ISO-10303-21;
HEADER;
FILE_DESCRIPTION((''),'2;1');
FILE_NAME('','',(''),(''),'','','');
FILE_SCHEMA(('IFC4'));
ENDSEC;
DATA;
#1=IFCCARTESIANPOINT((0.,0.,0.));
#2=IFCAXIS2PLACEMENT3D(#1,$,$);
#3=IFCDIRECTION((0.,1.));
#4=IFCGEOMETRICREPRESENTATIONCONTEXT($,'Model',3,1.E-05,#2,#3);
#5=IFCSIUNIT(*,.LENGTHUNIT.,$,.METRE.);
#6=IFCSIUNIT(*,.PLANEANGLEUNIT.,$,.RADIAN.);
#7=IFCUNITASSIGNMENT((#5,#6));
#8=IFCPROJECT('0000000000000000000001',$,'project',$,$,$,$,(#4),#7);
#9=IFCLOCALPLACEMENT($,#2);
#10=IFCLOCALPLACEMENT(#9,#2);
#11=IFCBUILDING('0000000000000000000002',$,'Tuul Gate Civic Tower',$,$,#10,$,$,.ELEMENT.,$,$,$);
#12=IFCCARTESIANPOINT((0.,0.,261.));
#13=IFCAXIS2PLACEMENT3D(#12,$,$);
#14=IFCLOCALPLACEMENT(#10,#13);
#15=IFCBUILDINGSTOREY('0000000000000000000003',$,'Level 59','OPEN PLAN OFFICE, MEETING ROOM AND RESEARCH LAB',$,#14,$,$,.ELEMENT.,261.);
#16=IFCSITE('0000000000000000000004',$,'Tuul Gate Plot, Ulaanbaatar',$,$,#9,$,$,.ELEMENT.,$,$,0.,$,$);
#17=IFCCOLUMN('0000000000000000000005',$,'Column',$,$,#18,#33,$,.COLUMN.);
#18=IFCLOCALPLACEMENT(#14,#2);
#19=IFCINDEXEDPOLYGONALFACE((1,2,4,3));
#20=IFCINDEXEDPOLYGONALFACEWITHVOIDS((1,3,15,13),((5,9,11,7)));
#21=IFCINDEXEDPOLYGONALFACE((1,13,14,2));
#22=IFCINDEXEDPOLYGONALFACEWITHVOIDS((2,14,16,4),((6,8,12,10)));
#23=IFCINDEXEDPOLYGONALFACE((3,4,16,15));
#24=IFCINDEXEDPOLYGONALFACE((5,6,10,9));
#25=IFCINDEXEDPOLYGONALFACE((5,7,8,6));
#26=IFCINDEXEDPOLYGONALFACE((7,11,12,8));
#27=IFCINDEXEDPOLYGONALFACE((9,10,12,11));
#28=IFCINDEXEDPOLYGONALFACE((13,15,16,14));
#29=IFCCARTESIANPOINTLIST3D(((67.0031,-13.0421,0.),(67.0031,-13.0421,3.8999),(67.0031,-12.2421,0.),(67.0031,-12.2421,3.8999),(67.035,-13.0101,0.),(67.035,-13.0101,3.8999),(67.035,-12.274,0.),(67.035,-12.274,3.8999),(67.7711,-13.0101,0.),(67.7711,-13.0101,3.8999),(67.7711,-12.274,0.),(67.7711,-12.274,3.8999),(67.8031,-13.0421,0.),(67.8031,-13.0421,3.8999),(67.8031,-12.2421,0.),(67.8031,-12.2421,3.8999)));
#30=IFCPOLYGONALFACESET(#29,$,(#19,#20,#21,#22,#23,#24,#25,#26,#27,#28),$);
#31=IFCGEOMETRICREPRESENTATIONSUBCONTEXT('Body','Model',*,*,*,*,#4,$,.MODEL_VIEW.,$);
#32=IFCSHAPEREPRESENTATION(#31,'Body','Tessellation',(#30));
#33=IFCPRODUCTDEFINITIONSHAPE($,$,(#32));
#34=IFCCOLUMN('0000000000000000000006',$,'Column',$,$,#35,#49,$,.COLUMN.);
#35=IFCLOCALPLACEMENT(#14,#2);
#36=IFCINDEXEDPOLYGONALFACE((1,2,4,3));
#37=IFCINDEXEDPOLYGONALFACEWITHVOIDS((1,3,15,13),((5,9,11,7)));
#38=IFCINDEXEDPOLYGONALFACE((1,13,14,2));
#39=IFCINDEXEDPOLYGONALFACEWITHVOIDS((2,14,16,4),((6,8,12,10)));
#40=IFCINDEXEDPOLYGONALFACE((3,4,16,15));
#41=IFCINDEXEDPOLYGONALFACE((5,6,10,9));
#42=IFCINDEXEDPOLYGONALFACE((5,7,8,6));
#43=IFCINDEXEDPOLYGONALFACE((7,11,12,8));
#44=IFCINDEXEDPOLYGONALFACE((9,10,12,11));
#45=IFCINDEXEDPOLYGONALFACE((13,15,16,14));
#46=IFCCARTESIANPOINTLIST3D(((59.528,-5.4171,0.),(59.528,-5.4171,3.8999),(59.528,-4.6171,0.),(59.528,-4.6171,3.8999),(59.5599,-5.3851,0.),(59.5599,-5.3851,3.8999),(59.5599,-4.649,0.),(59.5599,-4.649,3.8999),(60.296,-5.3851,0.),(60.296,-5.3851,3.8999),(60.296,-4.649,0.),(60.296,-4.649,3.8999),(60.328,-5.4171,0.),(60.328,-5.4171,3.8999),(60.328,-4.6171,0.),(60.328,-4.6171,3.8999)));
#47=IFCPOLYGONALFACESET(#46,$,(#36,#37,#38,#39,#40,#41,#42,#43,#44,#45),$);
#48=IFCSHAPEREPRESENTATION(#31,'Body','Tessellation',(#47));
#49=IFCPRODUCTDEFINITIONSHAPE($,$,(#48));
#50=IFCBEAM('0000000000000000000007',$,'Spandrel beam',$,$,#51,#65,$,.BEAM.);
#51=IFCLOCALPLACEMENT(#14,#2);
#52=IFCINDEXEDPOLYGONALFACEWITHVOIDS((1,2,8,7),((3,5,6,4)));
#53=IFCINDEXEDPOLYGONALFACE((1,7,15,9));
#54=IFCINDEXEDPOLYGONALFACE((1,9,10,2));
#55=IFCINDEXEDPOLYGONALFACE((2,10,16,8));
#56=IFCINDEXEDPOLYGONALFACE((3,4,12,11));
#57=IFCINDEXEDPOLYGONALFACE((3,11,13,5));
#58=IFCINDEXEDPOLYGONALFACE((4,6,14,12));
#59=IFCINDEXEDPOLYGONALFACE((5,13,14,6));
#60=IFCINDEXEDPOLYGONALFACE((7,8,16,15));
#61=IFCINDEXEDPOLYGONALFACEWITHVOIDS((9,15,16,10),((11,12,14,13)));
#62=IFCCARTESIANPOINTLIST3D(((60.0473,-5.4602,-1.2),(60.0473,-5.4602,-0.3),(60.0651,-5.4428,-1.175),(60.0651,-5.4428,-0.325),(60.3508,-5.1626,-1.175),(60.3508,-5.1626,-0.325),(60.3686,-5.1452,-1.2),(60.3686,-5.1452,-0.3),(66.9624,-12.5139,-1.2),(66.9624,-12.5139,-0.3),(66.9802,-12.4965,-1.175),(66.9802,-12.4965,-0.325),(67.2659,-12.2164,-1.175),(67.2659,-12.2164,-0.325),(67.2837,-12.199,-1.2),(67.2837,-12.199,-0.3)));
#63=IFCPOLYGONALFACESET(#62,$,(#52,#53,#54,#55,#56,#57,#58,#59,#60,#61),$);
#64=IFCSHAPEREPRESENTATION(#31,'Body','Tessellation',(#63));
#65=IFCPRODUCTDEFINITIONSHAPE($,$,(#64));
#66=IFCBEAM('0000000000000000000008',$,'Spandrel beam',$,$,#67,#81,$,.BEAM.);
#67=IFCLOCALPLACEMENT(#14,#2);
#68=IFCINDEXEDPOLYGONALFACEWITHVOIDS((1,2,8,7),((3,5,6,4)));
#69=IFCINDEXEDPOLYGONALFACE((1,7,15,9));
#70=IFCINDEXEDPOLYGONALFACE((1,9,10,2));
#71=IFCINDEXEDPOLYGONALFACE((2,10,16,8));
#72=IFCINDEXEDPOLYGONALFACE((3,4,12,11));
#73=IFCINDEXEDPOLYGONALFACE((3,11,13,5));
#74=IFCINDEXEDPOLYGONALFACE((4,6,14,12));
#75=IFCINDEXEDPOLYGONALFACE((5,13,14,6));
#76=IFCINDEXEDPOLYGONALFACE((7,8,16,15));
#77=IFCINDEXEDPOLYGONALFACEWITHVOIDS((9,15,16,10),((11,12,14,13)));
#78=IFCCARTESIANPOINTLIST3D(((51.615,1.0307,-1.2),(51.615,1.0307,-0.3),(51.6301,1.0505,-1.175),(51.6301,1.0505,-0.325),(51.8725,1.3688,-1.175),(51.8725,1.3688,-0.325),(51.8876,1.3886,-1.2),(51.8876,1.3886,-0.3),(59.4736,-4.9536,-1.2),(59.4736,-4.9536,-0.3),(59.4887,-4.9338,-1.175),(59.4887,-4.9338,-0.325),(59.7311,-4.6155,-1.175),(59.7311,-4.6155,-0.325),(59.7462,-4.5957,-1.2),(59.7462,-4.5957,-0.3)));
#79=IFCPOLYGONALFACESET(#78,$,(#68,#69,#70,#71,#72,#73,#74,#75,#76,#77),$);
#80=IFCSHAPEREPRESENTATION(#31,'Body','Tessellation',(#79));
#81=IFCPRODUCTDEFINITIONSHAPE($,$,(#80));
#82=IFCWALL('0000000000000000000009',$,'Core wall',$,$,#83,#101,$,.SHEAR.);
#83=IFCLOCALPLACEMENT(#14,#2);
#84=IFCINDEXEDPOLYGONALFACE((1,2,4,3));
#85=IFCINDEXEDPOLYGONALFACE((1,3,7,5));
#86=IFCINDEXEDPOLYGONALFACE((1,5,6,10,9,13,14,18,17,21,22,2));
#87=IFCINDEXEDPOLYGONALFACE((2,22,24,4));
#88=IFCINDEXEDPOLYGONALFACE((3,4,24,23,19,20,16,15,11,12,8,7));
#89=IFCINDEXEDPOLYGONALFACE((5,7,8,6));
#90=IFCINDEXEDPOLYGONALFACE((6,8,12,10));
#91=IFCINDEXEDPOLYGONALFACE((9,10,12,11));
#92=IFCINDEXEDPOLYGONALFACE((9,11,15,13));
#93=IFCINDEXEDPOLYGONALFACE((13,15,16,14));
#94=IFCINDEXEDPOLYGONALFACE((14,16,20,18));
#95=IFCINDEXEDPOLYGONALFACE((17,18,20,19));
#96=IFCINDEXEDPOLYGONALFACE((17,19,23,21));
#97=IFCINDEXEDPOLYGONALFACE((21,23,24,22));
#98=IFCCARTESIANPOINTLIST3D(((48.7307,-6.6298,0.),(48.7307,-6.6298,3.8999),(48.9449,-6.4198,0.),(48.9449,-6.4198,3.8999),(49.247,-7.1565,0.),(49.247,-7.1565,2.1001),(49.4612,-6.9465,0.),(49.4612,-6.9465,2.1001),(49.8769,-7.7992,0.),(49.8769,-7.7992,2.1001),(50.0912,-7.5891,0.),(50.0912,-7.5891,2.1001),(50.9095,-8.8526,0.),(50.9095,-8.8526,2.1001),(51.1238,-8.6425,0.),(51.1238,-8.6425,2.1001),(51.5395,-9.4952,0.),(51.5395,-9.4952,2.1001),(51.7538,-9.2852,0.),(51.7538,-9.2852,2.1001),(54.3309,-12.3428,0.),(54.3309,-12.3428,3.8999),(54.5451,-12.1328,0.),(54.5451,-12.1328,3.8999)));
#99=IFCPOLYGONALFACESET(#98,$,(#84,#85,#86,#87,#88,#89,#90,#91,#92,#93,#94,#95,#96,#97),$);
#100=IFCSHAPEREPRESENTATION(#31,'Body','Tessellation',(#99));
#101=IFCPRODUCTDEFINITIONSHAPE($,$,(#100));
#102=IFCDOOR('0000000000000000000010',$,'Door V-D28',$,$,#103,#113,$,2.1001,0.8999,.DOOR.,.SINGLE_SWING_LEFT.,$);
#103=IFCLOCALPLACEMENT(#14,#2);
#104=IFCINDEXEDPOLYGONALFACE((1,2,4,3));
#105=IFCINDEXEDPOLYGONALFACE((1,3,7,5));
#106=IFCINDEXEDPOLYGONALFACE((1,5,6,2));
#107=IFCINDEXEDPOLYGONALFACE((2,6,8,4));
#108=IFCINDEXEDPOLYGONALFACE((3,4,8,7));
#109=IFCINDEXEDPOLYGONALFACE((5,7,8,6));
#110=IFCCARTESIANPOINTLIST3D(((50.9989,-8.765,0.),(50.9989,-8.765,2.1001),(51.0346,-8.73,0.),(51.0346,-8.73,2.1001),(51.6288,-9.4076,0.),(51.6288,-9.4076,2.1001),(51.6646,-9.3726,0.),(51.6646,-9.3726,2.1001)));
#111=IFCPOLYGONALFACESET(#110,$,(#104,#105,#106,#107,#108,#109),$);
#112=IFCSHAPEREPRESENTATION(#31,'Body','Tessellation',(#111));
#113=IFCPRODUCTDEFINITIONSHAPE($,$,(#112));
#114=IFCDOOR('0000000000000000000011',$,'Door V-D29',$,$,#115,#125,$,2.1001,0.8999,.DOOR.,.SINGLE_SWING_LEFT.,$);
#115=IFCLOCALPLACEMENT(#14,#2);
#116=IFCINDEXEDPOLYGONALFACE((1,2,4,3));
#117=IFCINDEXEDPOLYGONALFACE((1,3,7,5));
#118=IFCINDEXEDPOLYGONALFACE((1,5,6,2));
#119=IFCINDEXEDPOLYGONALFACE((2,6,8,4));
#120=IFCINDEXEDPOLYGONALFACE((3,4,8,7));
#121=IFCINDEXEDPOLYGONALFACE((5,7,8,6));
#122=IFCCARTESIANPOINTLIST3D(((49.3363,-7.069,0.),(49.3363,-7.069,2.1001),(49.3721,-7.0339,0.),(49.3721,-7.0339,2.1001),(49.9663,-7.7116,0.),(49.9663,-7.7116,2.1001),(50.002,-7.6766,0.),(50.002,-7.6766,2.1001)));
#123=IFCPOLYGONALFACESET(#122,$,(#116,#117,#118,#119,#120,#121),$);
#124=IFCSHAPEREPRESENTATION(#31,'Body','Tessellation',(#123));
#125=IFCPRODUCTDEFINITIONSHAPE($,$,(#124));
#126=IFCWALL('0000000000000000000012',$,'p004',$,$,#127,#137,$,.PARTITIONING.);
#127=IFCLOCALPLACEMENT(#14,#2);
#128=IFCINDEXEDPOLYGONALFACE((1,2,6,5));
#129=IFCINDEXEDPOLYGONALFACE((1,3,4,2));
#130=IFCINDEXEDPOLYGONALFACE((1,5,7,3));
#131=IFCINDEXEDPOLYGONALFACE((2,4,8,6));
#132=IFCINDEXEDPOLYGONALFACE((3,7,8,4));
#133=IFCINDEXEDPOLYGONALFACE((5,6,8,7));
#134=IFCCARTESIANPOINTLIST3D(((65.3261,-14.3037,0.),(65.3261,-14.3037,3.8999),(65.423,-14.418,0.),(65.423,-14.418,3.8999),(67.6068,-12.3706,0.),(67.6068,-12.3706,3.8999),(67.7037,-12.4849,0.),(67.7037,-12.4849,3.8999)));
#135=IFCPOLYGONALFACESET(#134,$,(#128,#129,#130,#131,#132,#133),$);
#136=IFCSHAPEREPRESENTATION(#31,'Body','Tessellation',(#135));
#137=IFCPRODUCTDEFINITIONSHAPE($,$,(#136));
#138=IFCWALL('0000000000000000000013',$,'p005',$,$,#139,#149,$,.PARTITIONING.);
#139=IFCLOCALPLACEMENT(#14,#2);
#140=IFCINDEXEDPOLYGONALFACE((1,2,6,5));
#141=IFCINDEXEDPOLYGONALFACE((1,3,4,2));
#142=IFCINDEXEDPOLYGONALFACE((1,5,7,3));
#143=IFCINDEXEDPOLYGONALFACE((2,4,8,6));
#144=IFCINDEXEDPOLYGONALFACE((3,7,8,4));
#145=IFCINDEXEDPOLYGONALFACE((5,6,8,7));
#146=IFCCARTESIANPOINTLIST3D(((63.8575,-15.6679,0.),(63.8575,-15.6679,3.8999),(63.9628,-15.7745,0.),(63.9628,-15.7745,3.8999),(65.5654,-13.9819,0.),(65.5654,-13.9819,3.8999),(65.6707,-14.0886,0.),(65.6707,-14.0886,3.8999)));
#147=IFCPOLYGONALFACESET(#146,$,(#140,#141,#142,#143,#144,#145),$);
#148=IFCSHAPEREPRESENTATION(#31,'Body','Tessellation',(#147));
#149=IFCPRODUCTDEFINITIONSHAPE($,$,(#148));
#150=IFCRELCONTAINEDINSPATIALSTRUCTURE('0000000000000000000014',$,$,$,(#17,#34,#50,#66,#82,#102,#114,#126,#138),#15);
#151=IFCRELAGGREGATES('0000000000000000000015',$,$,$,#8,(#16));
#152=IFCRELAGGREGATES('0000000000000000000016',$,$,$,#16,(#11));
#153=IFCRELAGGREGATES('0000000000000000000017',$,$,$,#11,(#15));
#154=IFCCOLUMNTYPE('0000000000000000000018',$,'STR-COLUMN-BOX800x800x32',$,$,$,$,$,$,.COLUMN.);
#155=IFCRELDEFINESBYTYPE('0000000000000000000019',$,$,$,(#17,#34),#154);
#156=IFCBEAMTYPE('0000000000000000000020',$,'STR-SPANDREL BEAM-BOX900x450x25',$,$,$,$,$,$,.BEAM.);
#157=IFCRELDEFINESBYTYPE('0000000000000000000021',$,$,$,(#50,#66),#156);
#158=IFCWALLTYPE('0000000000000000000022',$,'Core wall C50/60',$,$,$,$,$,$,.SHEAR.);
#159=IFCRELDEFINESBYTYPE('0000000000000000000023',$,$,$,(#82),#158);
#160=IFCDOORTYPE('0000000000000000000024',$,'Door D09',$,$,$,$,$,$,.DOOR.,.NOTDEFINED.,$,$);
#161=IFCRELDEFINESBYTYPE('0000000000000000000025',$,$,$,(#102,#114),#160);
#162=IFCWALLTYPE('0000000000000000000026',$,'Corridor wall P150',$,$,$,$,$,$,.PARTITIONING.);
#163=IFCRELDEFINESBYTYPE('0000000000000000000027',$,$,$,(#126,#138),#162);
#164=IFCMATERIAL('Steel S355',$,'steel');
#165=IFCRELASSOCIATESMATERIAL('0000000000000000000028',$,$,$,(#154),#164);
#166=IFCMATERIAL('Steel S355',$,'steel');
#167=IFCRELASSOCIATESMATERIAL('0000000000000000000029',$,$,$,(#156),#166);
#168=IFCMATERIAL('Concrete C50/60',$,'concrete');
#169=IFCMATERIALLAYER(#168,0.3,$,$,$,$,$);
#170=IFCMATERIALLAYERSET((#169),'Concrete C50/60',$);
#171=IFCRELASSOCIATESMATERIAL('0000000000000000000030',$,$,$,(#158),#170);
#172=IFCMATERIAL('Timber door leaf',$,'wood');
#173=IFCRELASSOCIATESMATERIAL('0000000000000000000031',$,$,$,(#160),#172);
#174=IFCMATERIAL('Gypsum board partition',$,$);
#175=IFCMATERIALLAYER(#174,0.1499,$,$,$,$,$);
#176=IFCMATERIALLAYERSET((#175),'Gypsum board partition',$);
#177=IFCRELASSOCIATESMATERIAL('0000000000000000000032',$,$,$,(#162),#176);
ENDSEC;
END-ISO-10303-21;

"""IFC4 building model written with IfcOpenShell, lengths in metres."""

from ifc_helpers import new_model, si_unit, direction, frame, frame_2d, origin, origin_2d, place, context, subcontext, project, spatial, rectangle, hollow_rectangle, extrude, material, layer, layer_set, material_profile, profile_set, type_object, element, fill, save


model = new_model("IFC4")

# Units and contexts
model_context = context("Model", 3, precision=1e-05, world=origin(), true_north=direction((0.0, 1.0)))
body_context = subcontext(model_context, "Body", "Model", "MODEL_VIEW")
ifc_project = project(units=[si_unit("LENGTHUNIT", "METRE"), si_unit("PLANEANGLEUNIT", "RADIAN")], contexts=[model_context])

# Site, building, storey
site_placement = place(None, origin())
site = spatial("IfcSite", under=ifc_project, at=site_placement, Name="Tuul Gate Plot, Ulaanbaatar", CompositionType="ELEMENT", RefElevation=0.0)
building_placement = place(site_placement, origin())
building = spatial("IfcBuilding", under=site, at=building_placement, Name="Tuul Gate Civic Tower", CompositionType="ELEMENT")
storey_placement = place(building_placement, frame((0.0, 0.0, 261.0)))
storey = spatial("IfcBuildingStorey", under=building, at=storey_placement, Name="Level 59", Description="OPEN PLAN OFFICE, MEETING ROOM AND RESEARCH LAB", CompositionType="ELEMENT", Elevation=261.0)

# Columns
ifc_material_1 = material(Name="Steel S355", Category="steel")
ifc_material_profile_1 = material_profile(ifc_material_1, hollow_rectangle(XDim=0.8, YDim=0.8, WallThickness=0.032, at=origin_2d()), Name="BOX800x800x32")
ifc_profile_set_1 = profile_set([ifc_material_profile_1], Name="Steel S355")
column_type = type_object("IfcColumnType", Name="STR-COLUMN-BOX800x800x32", PredefinedType="COLUMN", material=ifc_profile_set_1)
for number, where, z_axis, x_axis, name in (
    (1, (67.4031, -12.6421, 0.0), (0.0, 0.0, 1.0), (1.0, 0.0, 0.0), "Column"),
    (2, (59.928, -5.0171, 0.0), (0.0, 0.0, 1.0), (1.0, 0.0, 0.0), "Column"),
):
    element("IfcColumn", number, at=place(storey_placement, frame(where, z_axis=z_axis, x_axis=x_axis)), inside=storey, type_object=column_type, Name=name, PredefinedType="COLUMN", context=body_context, shape_type="SweptSolid", body=[
        extrude(hollow_rectangle(XDim=0.8, YDim=0.8, WallThickness=0.032, at=origin_2d()), origin(), (0.0, 0.0, 1.0), 3.8999),
    ])

# Beams
ifc_material_2 = material(Name="Steel S355", Category="steel")
ifc_material_profile_2 = material_profile(ifc_material_2, hollow_rectangle(XDim=0.45, YDim=0.8999, WallThickness=0.0249, at=origin_2d()), Name="BOX900x450x25")
ifc_profile_set_2 = profile_set([ifc_material_profile_2], Name="Steel S355")
beam_type = type_object("IfcBeamType", Name="STR-SPANDREL BEAM-BOX900x450x25", PredefinedType="BEAM", material=ifc_profile_set_2)
beam_1_placement = place(storey_placement, frame((67.123, -12.3564, -0.75), z_axis=(-0.700053, 0.714091, 0.0), x_axis=(-0.714091, -0.700053, 0.0)))
element("IfcBeam", 3, at=beam_1_placement, inside=storey, type_object=beam_type, Name="Spandrel beam", PredefinedType="BEAM", context=body_context, shape_type="SweptSolid", body=[
    extrude(hollow_rectangle(XDim=0.45, YDim=0.8999, WallThickness=0.0249, at=origin_2d()), origin(), (0.0, 0.0, 1.0), 9.8779),
])
beam_2_placement = place(storey_placement, frame((59.6099, -4.7747, -0.75), z_axis=(-0.795586, 0.605841, 0.0), x_axis=(-0.605841, -0.795586, 0.0)))
element("IfcBeam", 4, at=beam_2_placement, inside=storey, type_object=beam_type, Name="Spandrel beam", PredefinedType="BEAM", context=body_context, shape_type="SweptSolid", body=[
    extrude(hollow_rectangle(XDim=0.45, YDim=0.8999, WallThickness=0.0249, at=origin_2d()), origin(), (0.0, 0.0, 1.0), 9.8777),
])

# Wall, openings, doors
ifc_material_3 = material(Name="Concrete C50/60", Category="concrete")
ifc_layer_1 = layer(ifc_material_3, 0.3)
ifc_layer_set_1 = layer_set([ifc_layer_1], Name="Concrete C50/60")
wall_type_1 = type_object("IfcWallType", Name="Core wall C50/60", PredefinedType="SHEAR", material=ifc_layer_set_1)
wall_1_placement = place(storey_placement, frame((54.438, -12.2378, 0.0), z_axis=(0.0, 0.0, 1.0), x_axis=(-0.700022, 0.714121, 0.0)))
wall_1 = element("IfcWall", 5, at=wall_1_placement, inside=storey, type_object=wall_type_1, Name="Core wall", PredefinedType="SHEAR", context=body_context, shape_type="SweptSolid", body=[
    extrude(rectangle(XDim=8.0, YDim=0.3, at=frame_2d((4.0, 0.0))), origin(), (0.0, 0.0, 1.0), 3.8999),
])
opening_1_placement = place(wall_1_placement, frame((3.9875, 0.0, 0.0)))
opening_1 = element("IfcOpeningElement", 6, at=opening_1_placement, cuts=wall_1, PredefinedType="OPENING", context=body_context, shape_type="SweptSolid", body=[
    extrude(rectangle(XDim=0.8999, YDim=2.1001, at=frame_2d((0.45, 1.05))), frame((0.0, 0.1602, 0.0), z_axis=(0.0, -1.0, 0.0), x_axis=(1.0, 0.0, 0.0)), (0.0, 0.0, 1.0), 0.3201),
])
opening_2_placement = place(wall_1_placement, frame((6.3625, 0.0, 0.0)))
opening_2 = element("IfcOpeningElement", 7, at=opening_2_placement, cuts=wall_1, PredefinedType="OPENING", context=body_context, shape_type="SweptSolid", body=[
    extrude(rectangle(XDim=0.8999, YDim=2.1001, at=frame_2d((0.45, 1.05))), frame((0.0, 0.1602, 0.0), z_axis=(0.0, -1.0, 0.0), x_axis=(1.0, 0.0, 0.0)), (0.0, 0.0, 1.0), 0.3201),
])
ifc_material_4 = material(Name="Timber door leaf", Category="wood")
door_type_1 = type_object("IfcDoorType", Name="Door D09", OperationType="NOTDEFINED", PredefinedType="DOOR", material=ifc_material_4)
door_1_placement = place(opening_1_placement, origin())
door_1 = element("IfcDoor", 8, at=door_1_placement, inside=storey, type_object=door_type_1, Name="Door V-D28", OperationType="SINGLE_SWING_LEFT", OverallHeight=2.1001, OverallWidth=0.8999, PredefinedType="DOOR", context=body_context, shape_type="SweptSolid", body=[
    extrude(rectangle(XDim=0.8999, YDim=2.1001, at=frame_2d((0.45, 1.05))), frame((0.0, 0.0249, 0.0), z_axis=(0.0, -1.0, 0.0), x_axis=(1.0, 0.0, 0.0)), (0.0, 0.0, 1.0), 0.05),
])
fill(opening_1, door_1)
door_2_placement = place(opening_2_placement, origin())
door_2 = element("IfcDoor", 9, at=door_2_placement, inside=storey, type_object=door_type_1, Name="Door V-D29", OperationType="SINGLE_SWING_LEFT", OverallHeight=2.1001, OverallWidth=0.8999, PredefinedType="DOOR", context=body_context, shape_type="SweptSolid", body=[
    extrude(rectangle(XDim=0.8999, YDim=2.1001, at=frame_2d((0.45, 1.05))), frame((0.0, 0.0249, 0.0), z_axis=(0.0, -1.0, 0.0), x_axis=(1.0, 0.0, 0.0)), (0.0, 0.0, 1.0), 0.05),
])
fill(opening_2, door_2)

# Walls
ifc_material_5 = material(Name="Gypsum board partition")
ifc_layer_2 = layer(ifc_material_5, 0.1499)
ifc_layer_set_2 = layer_set([ifc_layer_2], Name="Gypsum board partition")
wall_type_2 = type_object("IfcWallType", Name="Corridor wall P150", PredefinedType="PARTITIONING", material=ifc_layer_set_2)
wall_2_placement = place(storey_placement, frame((65.3745, -14.3608, 0.0), z_axis=(0.0, 0.0, 1.0), x_axis=(0.762853, 0.646572, 0.0)))
element("IfcWall", 10, at=wall_2_placement, inside=storey, type_object=wall_type_2, Name="p004", PredefinedType="PARTITIONING", context=body_context, shape_type="SweptSolid", body=[
    extrude(rectangle(XDim=2.9897, YDim=0.1499, at=frame_2d((1.4949, 0.0))), origin(), (0.0, 0.0, 1.0), 3.8999),
])
wall_3_placement = place(storey_placement, frame((63.9102, -15.7212, 0.0), z_axis=(0.0, 0.0, 1.0), x_axis=(0.71167, 0.702514, 0.0)))
element("IfcWall", 11, at=wall_3_placement, inside=storey, type_object=wall_type_2, Name="p005", PredefinedType="PARTITIONING", context=body_context, shape_type="SweptSolid", body=[
    extrude(rectangle(XDim=2.3999, YDim=0.1499, at=frame_2d((1.2, 0.0))), origin(), (0.0, 0.0, 1.0), 3.8999),
])

save(model, "model.ifc")
